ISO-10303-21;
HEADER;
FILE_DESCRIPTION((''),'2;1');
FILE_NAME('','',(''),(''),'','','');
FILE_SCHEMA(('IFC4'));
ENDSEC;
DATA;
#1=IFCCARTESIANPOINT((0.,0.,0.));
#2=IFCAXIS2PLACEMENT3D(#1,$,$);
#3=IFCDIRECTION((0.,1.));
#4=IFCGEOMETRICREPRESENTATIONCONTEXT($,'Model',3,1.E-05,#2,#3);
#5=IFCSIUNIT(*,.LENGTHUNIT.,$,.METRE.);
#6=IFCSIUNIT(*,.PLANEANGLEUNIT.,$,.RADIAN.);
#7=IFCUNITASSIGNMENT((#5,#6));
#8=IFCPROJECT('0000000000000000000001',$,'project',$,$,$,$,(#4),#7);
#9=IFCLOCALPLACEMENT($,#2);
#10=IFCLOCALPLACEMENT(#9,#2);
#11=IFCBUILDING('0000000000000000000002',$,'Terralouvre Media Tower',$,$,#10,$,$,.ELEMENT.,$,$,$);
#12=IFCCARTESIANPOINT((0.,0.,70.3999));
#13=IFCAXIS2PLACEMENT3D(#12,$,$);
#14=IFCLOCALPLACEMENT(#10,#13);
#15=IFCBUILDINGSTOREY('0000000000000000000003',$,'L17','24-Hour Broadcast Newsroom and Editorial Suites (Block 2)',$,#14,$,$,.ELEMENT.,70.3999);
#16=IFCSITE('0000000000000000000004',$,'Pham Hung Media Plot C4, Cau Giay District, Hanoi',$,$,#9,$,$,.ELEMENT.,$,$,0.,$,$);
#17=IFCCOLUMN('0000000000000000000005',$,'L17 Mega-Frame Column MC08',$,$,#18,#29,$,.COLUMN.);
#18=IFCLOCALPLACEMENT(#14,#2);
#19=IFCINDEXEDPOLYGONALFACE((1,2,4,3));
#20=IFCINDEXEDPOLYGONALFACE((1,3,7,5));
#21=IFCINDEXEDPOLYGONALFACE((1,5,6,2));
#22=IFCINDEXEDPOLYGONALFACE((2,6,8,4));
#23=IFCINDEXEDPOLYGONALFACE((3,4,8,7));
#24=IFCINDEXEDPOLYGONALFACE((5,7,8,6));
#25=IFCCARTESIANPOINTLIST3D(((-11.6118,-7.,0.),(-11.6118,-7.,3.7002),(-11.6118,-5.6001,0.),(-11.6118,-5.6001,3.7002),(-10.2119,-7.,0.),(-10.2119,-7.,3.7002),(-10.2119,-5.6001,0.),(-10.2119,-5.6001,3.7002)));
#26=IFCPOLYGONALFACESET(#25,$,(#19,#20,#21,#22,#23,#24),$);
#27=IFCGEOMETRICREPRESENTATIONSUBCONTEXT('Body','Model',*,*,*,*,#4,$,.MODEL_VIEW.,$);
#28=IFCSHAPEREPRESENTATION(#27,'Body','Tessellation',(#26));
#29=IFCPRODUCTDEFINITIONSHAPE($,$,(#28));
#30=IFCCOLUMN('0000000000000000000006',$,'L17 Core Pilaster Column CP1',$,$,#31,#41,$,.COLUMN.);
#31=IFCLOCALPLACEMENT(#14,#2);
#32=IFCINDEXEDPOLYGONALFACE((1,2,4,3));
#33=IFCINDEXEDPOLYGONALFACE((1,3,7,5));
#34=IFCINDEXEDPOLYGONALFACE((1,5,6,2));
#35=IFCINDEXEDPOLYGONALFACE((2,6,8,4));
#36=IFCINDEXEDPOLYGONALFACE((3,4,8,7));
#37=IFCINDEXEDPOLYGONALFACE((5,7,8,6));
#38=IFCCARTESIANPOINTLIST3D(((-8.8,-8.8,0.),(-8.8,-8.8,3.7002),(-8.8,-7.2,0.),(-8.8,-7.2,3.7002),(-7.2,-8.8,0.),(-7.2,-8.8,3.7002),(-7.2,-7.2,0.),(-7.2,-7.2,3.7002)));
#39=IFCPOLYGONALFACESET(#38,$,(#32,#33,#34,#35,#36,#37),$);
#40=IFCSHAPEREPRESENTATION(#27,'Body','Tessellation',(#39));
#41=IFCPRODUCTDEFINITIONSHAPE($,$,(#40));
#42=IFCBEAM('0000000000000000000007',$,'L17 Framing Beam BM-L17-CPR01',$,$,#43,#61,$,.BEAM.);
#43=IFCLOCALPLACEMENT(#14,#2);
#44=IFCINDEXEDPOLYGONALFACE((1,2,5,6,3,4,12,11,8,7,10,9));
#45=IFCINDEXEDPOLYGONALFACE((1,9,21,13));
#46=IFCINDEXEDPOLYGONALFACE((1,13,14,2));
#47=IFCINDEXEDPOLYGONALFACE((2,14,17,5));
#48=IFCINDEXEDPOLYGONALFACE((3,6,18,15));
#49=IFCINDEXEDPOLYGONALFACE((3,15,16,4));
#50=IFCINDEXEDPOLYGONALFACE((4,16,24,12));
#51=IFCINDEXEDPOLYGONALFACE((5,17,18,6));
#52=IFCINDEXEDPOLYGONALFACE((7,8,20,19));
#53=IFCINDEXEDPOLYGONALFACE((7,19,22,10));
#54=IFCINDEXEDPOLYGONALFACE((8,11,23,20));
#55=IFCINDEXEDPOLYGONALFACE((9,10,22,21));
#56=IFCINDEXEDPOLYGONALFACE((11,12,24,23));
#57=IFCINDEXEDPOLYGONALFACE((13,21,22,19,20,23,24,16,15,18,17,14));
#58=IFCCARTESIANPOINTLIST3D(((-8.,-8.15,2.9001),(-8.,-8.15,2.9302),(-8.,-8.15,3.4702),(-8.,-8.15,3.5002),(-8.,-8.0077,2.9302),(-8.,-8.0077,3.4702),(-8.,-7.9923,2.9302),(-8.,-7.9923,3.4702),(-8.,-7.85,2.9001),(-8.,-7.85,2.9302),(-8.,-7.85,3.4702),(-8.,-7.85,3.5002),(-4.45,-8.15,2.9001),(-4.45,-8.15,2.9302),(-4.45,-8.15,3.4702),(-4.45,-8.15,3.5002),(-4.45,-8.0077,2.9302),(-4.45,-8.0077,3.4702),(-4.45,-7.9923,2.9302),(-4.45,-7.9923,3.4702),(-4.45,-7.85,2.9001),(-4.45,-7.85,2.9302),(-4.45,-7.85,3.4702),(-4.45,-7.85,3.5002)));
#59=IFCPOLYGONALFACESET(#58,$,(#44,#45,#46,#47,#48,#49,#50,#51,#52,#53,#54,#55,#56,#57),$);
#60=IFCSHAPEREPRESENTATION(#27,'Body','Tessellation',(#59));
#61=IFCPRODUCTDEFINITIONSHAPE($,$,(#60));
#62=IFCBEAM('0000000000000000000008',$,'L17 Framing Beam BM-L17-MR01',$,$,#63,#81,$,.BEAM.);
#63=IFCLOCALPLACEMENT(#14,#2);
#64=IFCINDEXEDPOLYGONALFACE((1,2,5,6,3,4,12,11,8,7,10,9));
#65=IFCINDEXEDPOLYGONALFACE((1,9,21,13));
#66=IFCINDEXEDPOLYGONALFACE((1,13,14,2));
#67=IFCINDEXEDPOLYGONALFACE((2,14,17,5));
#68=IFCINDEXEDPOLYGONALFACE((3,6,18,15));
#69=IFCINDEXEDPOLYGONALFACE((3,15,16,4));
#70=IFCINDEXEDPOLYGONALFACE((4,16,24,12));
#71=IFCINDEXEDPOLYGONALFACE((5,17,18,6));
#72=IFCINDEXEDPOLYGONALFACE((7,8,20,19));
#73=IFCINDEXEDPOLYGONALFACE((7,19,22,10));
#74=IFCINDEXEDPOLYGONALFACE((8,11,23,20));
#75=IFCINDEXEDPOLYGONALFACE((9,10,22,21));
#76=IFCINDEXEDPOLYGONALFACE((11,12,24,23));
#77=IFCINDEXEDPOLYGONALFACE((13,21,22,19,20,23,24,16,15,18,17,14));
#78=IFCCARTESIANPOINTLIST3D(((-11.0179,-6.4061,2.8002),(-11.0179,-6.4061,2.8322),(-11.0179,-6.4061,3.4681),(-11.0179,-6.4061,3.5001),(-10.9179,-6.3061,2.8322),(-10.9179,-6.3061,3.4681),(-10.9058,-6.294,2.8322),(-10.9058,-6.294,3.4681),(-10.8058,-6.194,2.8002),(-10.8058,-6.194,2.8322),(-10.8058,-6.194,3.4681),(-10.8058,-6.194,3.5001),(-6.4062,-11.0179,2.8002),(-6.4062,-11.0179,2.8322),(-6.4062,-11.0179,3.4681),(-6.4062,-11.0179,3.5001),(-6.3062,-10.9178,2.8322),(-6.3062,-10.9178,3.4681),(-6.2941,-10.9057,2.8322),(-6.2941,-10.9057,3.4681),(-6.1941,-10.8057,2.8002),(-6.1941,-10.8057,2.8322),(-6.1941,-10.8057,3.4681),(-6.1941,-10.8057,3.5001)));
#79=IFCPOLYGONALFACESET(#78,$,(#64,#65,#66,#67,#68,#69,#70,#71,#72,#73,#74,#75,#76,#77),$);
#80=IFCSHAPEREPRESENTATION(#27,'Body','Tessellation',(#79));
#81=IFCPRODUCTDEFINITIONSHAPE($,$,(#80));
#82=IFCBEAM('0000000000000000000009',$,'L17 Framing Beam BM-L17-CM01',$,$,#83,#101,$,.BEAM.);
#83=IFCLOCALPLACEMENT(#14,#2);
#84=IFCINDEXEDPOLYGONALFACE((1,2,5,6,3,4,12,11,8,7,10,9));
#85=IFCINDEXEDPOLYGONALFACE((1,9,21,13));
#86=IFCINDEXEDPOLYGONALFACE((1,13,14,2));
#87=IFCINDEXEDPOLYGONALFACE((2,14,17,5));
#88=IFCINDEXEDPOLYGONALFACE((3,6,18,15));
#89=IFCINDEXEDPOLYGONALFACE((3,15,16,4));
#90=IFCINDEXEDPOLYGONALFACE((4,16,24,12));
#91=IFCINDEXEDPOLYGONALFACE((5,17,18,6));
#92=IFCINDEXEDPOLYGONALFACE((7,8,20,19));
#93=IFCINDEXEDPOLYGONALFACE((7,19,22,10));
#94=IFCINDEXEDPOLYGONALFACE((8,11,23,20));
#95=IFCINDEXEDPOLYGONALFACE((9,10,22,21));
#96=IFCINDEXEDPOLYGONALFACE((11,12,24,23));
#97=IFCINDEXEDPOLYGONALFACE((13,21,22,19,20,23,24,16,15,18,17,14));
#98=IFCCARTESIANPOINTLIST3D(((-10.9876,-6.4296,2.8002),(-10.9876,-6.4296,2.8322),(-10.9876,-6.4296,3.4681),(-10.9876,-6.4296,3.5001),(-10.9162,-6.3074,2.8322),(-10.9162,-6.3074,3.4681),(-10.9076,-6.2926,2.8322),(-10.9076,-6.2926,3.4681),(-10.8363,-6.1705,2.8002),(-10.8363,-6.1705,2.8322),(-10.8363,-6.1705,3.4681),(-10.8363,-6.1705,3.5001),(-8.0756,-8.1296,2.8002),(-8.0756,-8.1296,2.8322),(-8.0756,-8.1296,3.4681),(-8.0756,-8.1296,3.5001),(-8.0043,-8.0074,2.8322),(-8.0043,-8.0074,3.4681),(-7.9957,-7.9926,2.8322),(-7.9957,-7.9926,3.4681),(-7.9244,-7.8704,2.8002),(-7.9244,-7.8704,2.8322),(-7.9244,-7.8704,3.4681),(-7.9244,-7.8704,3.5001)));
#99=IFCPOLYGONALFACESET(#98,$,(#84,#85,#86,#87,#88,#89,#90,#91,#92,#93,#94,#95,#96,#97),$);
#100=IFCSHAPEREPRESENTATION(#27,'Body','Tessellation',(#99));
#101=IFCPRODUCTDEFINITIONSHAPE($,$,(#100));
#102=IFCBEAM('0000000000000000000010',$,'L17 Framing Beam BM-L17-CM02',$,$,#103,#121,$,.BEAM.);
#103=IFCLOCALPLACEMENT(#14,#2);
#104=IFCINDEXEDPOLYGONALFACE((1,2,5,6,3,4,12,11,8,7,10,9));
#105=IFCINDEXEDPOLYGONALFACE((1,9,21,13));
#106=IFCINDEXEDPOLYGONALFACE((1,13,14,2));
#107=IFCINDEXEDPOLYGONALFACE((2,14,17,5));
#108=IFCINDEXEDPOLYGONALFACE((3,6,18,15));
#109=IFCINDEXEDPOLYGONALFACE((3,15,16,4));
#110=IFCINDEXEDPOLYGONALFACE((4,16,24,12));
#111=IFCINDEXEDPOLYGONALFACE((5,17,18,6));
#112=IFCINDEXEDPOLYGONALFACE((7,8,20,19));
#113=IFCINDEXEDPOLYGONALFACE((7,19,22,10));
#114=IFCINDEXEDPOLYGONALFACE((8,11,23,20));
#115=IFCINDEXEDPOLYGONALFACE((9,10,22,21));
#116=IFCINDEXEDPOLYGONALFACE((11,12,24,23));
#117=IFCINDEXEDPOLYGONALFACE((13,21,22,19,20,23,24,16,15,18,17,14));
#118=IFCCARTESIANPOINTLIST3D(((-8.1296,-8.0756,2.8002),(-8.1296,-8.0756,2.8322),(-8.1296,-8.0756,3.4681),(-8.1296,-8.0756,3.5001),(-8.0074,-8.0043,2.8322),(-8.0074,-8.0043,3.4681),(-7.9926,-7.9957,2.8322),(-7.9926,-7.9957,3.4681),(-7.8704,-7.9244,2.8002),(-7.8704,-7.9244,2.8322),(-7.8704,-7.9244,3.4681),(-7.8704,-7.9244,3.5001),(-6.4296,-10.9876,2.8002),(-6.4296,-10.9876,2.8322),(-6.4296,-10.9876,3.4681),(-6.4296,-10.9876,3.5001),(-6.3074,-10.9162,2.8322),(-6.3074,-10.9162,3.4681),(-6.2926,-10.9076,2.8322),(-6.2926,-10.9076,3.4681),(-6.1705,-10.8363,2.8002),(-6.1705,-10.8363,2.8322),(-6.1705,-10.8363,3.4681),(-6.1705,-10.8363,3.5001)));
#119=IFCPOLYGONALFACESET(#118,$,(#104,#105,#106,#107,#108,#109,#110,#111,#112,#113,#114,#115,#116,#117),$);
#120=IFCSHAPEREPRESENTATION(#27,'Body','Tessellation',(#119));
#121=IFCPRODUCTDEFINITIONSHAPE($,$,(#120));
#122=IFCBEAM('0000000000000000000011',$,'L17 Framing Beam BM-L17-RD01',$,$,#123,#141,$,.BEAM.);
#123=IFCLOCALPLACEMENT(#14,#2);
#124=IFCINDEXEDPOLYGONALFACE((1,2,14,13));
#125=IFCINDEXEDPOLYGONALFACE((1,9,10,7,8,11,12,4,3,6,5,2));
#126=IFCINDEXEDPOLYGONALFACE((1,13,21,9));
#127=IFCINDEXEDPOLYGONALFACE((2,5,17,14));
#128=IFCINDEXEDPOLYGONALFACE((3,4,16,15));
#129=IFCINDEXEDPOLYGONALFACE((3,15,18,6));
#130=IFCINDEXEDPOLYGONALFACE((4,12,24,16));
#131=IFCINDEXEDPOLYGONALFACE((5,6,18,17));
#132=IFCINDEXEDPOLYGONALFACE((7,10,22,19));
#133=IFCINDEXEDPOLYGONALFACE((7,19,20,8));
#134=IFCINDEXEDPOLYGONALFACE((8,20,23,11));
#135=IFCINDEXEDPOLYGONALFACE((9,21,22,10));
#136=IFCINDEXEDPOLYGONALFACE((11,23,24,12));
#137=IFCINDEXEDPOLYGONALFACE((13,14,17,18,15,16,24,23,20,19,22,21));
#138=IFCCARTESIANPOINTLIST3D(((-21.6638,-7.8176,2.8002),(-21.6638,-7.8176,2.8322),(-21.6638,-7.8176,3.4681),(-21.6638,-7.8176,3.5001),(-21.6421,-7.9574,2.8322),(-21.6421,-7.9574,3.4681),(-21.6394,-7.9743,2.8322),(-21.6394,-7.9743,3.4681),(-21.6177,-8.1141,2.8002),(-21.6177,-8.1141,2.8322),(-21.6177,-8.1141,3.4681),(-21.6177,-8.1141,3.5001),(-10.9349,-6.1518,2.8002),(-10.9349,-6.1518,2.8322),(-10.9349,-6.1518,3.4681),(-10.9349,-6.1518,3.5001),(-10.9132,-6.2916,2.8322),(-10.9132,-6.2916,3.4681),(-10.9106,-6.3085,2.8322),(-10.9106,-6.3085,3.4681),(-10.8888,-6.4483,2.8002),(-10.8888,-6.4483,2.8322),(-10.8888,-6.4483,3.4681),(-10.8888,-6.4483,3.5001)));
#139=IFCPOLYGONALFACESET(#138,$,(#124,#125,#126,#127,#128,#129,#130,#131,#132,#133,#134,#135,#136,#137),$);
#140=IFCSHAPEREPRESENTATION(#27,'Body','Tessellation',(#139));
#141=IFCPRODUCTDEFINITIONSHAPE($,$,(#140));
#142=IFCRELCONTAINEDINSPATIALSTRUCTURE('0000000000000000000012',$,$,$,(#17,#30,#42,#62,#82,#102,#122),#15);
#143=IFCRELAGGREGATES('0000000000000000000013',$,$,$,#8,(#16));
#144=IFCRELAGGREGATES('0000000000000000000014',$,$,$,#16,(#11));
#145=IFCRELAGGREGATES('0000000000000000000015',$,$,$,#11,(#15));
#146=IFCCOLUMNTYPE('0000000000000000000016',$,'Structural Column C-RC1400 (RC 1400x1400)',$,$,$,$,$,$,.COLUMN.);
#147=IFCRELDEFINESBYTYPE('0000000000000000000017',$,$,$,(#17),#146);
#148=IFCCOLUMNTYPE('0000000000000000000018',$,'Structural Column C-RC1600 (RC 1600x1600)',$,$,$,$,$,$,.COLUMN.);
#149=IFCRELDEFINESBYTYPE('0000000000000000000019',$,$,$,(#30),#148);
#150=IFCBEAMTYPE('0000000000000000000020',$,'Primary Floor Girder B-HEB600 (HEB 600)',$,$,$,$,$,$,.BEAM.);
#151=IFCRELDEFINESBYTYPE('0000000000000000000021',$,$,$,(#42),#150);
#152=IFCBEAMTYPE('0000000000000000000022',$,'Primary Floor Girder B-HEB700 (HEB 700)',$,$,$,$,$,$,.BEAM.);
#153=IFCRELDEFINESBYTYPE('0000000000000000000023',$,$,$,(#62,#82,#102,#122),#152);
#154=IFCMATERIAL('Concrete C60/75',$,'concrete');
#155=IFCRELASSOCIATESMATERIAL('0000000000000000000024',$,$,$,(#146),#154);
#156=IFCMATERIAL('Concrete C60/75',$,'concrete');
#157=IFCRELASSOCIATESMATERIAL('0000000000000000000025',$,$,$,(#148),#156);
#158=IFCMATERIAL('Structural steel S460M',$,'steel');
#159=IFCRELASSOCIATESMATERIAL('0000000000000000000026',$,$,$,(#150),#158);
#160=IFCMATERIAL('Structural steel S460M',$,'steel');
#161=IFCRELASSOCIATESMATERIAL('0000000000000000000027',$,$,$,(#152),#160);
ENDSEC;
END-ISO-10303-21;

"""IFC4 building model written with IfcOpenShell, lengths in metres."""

from ifc_helpers import new_model, si_unit, direction, frame, origin, origin_2d, place, context, subcontext, project, spatial, rectangle, i_section, extrude, material, material_profile, profile_set, type_object, element, save


model = new_model("IFC4")

# Units and contexts
model_context = context("Model", 3, precision=1e-05, world=origin(), true_north=direction((0.0, 1.0)))
body_context = subcontext(model_context, "Body", "Model", "MODEL_VIEW")
ifc_project = project(units=[si_unit("LENGTHUNIT", "METRE"), si_unit("PLANEANGLEUNIT", "RADIAN")], contexts=[model_context])

# Site, building, storey
site_placement = place(None, origin())
site = spatial("IfcSite", under=ifc_project, at=site_placement, Name="Pham Hung Media Plot C4, Cau Giay District, Hanoi", CompositionType="ELEMENT", RefElevation=0.0)
building_placement = place(site_placement, origin())
building = spatial("IfcBuilding", under=site, at=building_placement, Name="Terralouvre Media Tower", CompositionType="ELEMENT")
storey_placement = place(building_placement, frame((0.0, 0.0, 70.3999)))
storey = spatial("IfcBuildingStorey", under=building, at=storey_placement, Name="L17", Description="24-Hour Broadcast Newsroom and Editorial Suites (Block 2)", CompositionType="ELEMENT", Elevation=70.3999)

# Columns
ifc_material_1 = material(Name="Concrete C60/75", Category="concrete")
ifc_material_profile_1 = material_profile(ifc_material_1, rectangle(XDim=1.3999, YDim=1.3999, at=origin_2d()), Name="RC 1400x1400")
ifc_profile_set_1 = profile_set([ifc_material_profile_1], Name="Concrete C60/75")
column_type_1 = type_object("IfcColumnType", Name="Structural Column C-RC1400 (RC 1400x1400)", PredefinedType="COLUMN", material=ifc_profile_set_1)
column_1_placement = place(storey_placement, frame((-10.9119, -6.3, 0.0), z_axis=(0.0, 0.0, 1.0), x_axis=(1.0, 0.0, 0.0)))
element("IfcColumn", 1, at=column_1_placement, inside=storey, type_object=column_type_1, Name="L17 Mega-Frame Column MC08", PredefinedType="COLUMN", context=body_context, shape_type="SweptSolid", body=[
    extrude(rectangle(XDim=1.3999, YDim=1.3999, at=origin_2d()), origin(), (0.0, 0.0, 1.0), 3.7002),
])
ifc_material_2 = material(Name="Concrete C60/75", Category="concrete")
ifc_material_profile_2 = material_profile(ifc_material_2, rectangle(XDim=1.6001, YDim=1.6001, at=origin_2d()), Name="RC 1600x1600")
ifc_profile_set_2 = profile_set([ifc_material_profile_2], Name="Concrete C60/75")
column_type_2 = type_object("IfcColumnType", Name="Structural Column C-RC1600 (RC 1600x1600)", PredefinedType="COLUMN", material=ifc_profile_set_2)
column_2_placement = place(storey_placement, frame((-8.0, -8.0, 0.0), z_axis=(0.0, 0.0, 1.0), x_axis=(1.0, 0.0, 0.0)))
element("IfcColumn", 2, at=column_2_placement, inside=storey, type_object=column_type_2, Name="L17 Core Pilaster Column CP1", PredefinedType="COLUMN", context=body_context, shape_type="SweptSolid", body=[
    extrude(rectangle(XDim=1.6001, YDim=1.6001, at=origin_2d()), origin(), (0.0, 0.0, 1.0), 3.7002),
])

# Beams
ifc_material_3 = material(Name="Structural steel S460M", Category="steel")
ifc_material_profile_3 = material_profile(ifc_material_3, i_section(OverallWidth=0.3, OverallDepth=0.6001, WebThickness=0.0154, FlangeThickness=0.03, at=origin_2d()), Name="HEB 600")
ifc_profile_set_3 = profile_set([ifc_material_profile_3], Name="Structural steel S460M")
beam_type_1 = type_object("IfcBeamType", Name="Primary Floor Girder B-HEB600 (HEB 600)", PredefinedType="BEAM", material=ifc_profile_set_3)
beam_1_placement = place(storey_placement, frame((-8.0, -8.0, 3.2002), z_axis=(1.0, 0.0, 0.0), x_axis=(0.0, 1.0, 0.0)))
element("IfcBeam", 3, at=beam_1_placement, inside=storey, type_object=beam_type_1, Name="L17 Framing Beam BM-L17-CPR01", PredefinedType="BEAM", context=body_context, shape_type="SweptSolid", body=[
    extrude(i_section(OverallWidth=0.3, OverallDepth=0.6001, WebThickness=0.0154, FlangeThickness=0.03, at=origin_2d()), origin(), (0.0, 0.0, 1.0), 3.55),
])
ifc_material_4 = material(Name="Structural steel S460M", Category="steel")
ifc_material_profile_4 = material_profile(ifc_material_4, i_section(OverallWidth=0.3, OverallDepth=0.7, WebThickness=0.0171, FlangeThickness=0.032, at=origin_2d()), Name="HEB 700")
ifc_profile_set_4 = profile_set([ifc_material_profile_4], Name="Structural steel S460M")
beam_type_2 = type_object("IfcBeamType", Name="Primary Floor Girder B-HEB700 (HEB 700)", PredefinedType="BEAM", material=ifc_profile_set_4)
beam_2_placement = place(storey_placement, frame((-10.9119, -6.3, 3.1501), z_axis=(0.707107, -0.707107, 0.0), x_axis=(0.707107, 0.707107, 0.0)))
element("IfcBeam", 4, at=beam_2_placement, inside=storey, type_object=beam_type_2, Name="L17 Framing Beam BM-L17-MR01", PredefinedType="BEAM", context=body_context, shape_type="SweptSolid", body=[
    extrude(i_section(OverallWidth=0.3, OverallDepth=0.7, WebThickness=0.0171, FlangeThickness=0.032, at=origin_2d()), origin(), (0.0, 0.0, 1.0), 6.522),
])
for number, where, z_axis, x_axis, name in (
    (5, (-8.0, -8.0, 3.1501), (-0.863603, 0.504173, 0.0), (-0.504173, -0.863603, 0.0), "L17 Framing Beam BM-L17-CM01"),
    (6, (-8.0, -8.0, 3.1501), (0.504173, -0.863603, 0.0), (0.863603, 0.504173, 0.0), "L17 Framing Beam BM-L17-CM02"),
):
    element("IfcBeam", number, at=place(storey_placement, frame(where, z_axis=z_axis, x_axis=x_axis)), inside=storey, type_object=beam_type_2, Name=name, PredefinedType="BEAM", context=body_context, shape_type="SweptSolid", body=[
        extrude(i_section(OverallWidth=0.3, OverallDepth=0.7, WebThickness=0.0171, FlangeThickness=0.032, at=origin_2d()), origin(), (0.0, 0.0, 1.0), 3.3718),
    ])
beam_3_placement = place(storey_placement, frame((-10.9119, -6.3, 3.1501), z_axis=(-0.98816, -0.153424, 0.0), x_axis=(0.153424, -0.98816, 0.0)))
element("IfcBeam", 7, at=beam_3_placement, inside=storey, type_object=beam_type_2, Name="L17 Framing Beam BM-L17-RD01", PredefinedType="BEAM", context=body_context, shape_type="SweptSolid", body=[
    extrude(i_section(OverallWidth=0.3, OverallDepth=0.7, WebThickness=0.0171, FlangeThickness=0.032, at=origin_2d()), origin(), (0.0, 0.0, 1.0), 10.8574),
])

save(model, "model.ifc")
